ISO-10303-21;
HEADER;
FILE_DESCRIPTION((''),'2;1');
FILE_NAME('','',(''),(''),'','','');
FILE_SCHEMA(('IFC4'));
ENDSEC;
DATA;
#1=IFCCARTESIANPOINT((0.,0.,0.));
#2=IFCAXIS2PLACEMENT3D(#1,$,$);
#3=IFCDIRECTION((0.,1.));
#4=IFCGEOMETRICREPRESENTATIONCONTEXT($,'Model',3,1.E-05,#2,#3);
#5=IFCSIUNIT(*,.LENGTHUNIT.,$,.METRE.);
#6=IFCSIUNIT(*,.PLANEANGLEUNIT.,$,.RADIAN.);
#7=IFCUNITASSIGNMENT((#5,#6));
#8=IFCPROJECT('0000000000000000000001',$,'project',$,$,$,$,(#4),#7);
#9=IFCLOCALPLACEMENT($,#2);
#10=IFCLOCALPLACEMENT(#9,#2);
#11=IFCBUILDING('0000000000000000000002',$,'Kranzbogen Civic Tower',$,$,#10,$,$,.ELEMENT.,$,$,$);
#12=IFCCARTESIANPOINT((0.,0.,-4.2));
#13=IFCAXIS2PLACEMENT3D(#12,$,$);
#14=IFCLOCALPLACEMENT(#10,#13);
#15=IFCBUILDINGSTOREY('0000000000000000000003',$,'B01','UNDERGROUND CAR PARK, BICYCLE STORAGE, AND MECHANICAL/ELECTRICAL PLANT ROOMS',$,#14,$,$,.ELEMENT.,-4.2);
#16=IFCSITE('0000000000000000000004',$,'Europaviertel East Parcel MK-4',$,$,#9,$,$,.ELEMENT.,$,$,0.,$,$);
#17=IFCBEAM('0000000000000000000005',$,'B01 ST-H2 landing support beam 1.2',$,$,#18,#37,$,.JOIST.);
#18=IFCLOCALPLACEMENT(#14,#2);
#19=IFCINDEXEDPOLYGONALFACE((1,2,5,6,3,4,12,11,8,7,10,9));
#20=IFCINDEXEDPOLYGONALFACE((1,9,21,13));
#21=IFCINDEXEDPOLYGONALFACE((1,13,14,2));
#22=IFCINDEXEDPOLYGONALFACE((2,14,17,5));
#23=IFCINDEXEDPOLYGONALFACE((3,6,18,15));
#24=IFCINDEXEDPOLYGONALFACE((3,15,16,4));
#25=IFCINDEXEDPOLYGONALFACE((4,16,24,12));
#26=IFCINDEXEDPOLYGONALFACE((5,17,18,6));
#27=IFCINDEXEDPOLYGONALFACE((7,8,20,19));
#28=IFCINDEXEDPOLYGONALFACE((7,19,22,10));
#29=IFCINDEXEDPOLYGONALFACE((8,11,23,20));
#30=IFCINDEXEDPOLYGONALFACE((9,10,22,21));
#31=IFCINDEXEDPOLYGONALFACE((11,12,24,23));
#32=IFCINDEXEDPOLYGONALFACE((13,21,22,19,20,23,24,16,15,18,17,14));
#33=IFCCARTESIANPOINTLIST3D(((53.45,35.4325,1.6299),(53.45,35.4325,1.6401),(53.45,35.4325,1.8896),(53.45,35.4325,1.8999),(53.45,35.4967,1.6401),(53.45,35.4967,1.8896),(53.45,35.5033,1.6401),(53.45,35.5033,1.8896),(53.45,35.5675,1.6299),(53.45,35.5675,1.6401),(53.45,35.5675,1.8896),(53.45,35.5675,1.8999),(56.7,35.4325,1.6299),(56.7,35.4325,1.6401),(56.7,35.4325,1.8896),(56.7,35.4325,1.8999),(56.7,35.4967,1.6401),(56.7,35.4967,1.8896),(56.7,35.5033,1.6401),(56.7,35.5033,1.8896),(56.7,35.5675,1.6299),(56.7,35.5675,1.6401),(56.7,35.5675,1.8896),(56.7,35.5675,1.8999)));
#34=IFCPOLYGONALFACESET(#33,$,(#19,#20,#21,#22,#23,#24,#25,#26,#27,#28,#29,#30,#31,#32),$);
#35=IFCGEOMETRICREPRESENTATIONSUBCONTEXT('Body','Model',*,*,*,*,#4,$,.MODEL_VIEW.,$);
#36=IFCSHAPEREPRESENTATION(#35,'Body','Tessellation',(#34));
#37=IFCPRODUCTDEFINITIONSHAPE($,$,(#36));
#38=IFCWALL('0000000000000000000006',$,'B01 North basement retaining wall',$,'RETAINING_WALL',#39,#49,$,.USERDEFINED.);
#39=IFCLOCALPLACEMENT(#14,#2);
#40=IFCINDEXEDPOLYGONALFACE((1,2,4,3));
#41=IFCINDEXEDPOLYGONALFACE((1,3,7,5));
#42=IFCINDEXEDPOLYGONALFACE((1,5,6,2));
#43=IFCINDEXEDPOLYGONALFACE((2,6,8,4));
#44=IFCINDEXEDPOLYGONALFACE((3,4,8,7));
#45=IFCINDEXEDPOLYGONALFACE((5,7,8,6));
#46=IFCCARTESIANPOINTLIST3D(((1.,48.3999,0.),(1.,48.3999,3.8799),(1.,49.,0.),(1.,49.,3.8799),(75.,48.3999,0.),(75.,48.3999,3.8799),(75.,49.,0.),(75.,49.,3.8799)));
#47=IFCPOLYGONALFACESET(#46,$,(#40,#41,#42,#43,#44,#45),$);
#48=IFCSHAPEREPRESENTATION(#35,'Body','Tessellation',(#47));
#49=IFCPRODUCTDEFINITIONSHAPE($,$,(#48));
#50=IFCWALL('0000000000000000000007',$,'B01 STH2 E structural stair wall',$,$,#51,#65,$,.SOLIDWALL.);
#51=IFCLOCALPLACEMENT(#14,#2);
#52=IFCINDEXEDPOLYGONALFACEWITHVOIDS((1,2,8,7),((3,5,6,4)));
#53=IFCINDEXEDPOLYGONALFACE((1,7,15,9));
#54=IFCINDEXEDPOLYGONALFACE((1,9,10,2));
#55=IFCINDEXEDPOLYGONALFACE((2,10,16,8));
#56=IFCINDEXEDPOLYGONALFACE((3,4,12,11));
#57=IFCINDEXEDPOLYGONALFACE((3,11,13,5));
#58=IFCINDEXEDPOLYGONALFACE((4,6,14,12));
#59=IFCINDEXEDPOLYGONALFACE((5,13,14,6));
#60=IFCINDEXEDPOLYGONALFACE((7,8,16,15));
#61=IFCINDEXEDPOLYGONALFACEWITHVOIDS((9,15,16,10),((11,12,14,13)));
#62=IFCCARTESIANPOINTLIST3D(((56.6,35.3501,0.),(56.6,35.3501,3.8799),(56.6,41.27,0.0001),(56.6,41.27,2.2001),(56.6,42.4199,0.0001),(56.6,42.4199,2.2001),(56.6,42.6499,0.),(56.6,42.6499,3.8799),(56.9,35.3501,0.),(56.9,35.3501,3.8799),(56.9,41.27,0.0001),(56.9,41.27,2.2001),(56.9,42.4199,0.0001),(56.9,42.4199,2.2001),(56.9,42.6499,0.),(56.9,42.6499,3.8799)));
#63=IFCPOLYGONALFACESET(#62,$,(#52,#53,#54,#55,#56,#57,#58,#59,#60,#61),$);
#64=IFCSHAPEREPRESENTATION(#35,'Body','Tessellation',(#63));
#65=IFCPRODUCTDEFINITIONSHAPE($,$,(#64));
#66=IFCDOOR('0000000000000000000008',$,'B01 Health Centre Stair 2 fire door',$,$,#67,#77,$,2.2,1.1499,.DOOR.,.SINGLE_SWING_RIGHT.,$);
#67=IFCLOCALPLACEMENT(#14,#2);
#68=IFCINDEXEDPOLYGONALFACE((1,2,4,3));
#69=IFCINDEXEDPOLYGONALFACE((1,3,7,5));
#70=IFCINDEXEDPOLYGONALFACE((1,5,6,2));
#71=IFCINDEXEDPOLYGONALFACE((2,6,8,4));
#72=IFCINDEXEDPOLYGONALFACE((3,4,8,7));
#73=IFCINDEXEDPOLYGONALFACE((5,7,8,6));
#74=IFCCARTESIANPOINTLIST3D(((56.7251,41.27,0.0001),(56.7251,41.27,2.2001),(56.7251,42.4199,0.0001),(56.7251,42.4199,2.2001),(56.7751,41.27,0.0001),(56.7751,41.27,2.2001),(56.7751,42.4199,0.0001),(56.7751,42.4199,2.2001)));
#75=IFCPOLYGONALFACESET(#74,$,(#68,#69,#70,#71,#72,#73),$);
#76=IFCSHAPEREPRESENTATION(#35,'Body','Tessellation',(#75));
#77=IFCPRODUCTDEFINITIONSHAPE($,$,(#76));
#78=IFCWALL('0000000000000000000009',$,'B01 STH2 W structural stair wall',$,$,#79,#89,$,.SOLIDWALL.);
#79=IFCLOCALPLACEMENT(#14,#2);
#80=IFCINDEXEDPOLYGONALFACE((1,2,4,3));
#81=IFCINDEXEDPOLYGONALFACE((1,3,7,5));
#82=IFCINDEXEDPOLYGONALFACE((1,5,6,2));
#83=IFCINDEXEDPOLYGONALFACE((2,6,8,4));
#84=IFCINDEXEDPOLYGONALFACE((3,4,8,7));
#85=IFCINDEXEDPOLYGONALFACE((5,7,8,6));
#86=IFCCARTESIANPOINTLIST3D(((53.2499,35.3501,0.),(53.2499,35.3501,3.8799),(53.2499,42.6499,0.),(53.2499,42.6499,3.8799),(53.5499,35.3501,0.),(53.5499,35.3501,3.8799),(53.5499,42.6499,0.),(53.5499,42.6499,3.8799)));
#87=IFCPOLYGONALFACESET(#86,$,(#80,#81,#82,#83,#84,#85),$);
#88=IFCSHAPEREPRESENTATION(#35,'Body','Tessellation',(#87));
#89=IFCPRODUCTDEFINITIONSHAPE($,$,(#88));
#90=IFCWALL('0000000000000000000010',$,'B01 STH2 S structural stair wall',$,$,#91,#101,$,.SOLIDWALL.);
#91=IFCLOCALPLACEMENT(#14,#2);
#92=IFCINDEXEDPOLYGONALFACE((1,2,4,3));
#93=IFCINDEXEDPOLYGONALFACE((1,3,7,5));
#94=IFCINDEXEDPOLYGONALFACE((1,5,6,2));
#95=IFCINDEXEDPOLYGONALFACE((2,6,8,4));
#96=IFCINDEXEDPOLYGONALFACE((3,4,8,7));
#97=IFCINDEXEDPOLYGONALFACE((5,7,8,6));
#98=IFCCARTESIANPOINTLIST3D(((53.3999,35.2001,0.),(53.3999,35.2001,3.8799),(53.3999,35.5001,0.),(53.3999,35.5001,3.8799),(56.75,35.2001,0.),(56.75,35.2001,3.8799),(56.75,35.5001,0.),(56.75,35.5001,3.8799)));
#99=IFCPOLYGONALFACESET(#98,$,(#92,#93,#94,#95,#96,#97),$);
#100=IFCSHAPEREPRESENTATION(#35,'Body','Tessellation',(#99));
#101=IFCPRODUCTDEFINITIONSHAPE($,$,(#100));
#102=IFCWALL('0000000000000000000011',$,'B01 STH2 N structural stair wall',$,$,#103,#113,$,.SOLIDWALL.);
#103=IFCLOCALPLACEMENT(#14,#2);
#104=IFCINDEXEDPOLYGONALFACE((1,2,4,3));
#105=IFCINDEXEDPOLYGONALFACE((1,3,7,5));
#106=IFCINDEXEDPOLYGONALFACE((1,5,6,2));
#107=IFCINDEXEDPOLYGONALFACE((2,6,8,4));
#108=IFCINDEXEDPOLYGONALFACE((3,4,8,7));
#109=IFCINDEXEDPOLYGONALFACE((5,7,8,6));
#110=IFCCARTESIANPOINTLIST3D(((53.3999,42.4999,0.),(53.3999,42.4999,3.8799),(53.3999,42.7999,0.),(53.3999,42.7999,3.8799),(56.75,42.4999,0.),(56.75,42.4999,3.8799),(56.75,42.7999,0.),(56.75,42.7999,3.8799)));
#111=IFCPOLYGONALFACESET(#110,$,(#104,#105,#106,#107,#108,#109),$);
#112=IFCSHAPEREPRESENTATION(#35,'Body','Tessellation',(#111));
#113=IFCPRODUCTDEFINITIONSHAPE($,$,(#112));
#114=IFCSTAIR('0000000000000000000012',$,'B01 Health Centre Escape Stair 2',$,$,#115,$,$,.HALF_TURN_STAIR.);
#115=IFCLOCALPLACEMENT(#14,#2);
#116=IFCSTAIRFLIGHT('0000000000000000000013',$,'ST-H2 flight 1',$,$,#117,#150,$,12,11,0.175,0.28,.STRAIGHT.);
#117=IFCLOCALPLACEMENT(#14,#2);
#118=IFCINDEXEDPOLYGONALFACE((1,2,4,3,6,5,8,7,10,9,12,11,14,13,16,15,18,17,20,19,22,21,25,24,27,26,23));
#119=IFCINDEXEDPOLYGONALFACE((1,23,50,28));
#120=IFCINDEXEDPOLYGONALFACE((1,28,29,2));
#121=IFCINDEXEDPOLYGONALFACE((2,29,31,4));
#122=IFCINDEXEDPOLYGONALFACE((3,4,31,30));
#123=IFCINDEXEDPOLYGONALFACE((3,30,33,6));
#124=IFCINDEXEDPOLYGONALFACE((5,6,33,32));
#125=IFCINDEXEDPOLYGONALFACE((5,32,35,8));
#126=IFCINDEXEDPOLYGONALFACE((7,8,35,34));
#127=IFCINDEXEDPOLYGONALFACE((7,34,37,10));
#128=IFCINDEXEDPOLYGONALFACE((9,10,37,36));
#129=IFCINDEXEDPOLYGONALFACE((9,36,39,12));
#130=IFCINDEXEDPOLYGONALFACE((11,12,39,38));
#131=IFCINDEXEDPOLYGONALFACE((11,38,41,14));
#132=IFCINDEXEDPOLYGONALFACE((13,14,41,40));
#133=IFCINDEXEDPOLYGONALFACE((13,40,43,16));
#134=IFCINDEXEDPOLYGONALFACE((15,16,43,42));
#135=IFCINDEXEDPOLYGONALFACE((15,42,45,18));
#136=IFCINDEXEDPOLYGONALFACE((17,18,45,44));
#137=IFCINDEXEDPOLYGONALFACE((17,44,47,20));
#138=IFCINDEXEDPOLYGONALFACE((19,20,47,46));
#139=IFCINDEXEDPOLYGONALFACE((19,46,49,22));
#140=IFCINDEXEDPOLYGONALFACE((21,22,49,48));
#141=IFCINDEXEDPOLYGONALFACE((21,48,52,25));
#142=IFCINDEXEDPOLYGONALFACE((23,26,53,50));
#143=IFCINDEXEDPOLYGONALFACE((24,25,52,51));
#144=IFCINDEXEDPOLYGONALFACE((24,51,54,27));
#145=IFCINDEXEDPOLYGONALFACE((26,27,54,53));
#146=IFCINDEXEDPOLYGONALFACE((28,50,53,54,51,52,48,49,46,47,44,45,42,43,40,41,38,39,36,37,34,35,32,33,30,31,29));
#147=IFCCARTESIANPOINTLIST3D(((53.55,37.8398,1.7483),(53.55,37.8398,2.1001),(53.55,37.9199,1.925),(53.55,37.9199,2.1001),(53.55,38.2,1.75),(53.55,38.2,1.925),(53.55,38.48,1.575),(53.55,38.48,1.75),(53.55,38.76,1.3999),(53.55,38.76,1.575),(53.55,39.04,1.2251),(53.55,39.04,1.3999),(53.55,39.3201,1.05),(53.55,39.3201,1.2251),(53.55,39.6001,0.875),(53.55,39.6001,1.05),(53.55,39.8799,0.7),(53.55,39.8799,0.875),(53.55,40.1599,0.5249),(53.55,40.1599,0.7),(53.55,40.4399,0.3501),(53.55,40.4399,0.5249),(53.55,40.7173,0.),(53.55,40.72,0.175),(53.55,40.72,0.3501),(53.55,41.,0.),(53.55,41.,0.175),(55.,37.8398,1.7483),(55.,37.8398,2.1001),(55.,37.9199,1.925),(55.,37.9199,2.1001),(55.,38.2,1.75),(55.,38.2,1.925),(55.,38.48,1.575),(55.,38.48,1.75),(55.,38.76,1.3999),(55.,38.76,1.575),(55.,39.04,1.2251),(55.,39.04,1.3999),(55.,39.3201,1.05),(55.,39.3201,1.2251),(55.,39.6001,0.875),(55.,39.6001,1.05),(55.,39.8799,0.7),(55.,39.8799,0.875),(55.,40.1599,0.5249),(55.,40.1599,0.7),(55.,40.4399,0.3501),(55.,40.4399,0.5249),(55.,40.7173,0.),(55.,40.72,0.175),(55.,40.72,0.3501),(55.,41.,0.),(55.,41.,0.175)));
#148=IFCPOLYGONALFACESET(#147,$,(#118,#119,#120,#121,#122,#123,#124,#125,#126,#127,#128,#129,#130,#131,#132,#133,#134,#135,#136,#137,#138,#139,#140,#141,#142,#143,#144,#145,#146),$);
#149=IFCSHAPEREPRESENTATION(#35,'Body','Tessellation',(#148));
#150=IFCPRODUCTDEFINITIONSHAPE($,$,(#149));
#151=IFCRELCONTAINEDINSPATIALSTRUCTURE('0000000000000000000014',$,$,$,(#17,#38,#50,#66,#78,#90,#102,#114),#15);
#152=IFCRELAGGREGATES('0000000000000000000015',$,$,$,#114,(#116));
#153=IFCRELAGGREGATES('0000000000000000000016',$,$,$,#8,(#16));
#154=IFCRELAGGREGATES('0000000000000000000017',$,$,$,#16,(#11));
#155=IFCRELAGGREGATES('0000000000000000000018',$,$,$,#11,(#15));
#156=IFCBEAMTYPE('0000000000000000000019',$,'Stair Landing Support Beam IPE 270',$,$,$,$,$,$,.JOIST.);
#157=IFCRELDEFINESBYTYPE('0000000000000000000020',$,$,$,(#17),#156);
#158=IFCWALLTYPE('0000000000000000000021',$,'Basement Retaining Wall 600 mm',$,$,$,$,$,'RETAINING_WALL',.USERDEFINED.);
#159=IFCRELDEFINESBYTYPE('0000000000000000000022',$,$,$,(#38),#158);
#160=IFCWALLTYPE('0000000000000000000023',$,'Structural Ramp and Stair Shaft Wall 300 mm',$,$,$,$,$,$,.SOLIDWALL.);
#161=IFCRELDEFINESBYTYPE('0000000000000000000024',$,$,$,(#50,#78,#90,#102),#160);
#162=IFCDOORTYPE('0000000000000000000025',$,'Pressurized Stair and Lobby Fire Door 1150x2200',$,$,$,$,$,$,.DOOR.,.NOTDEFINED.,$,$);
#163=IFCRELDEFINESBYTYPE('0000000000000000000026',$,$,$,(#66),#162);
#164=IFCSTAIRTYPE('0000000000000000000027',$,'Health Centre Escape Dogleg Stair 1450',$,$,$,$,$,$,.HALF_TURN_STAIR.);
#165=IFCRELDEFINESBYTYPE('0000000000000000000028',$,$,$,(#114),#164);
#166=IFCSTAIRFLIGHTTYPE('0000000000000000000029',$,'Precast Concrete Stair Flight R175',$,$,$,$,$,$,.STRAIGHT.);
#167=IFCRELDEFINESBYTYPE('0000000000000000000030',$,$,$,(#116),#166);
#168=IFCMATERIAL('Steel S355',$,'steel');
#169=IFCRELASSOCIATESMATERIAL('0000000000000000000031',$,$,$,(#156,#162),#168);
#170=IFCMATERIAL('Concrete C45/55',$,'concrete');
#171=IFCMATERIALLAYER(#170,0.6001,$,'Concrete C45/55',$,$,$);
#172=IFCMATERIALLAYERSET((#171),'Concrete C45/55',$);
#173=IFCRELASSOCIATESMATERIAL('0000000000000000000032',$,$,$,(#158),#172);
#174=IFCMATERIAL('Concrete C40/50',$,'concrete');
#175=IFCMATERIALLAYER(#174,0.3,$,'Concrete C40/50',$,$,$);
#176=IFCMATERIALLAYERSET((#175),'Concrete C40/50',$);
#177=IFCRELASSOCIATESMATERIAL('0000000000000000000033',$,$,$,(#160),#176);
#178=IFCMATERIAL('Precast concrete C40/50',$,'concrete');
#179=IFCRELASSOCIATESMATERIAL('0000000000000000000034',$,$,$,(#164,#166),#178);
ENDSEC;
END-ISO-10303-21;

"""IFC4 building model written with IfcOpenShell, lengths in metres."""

from ifc_helpers import new_model, si_unit, direction, frame, frame_2d, origin, origin_2d, place, context, subcontext, project, spatial, polyline, rectangle, i_section, outline, extrude, material, layer, layer_set, material_profile, profile_set, type_object, element, fill, aggregate, save


model = new_model("IFC4")

# Units and contexts
model_context = context("Model", 3, precision=1e-05, world=origin(), true_north=direction((0.0, 1.0)))
body_context = subcontext(model_context, "Body", "Model", "MODEL_VIEW")
ifc_project = project(units=[si_unit("LENGTHUNIT", "METRE"), si_unit("PLANEANGLEUNIT", "RADIAN")], contexts=[model_context])

# Site, building, storey
site_placement = place(None, origin())
site = spatial("IfcSite", under=ifc_project, at=site_placement, Name="Europaviertel East Parcel MK-4", CompositionType="ELEMENT", RefElevation=0.0)
building_placement = place(site_placement, origin())
building = spatial("IfcBuilding", under=site, at=building_placement, Name="Kranzbogen Civic Tower", CompositionType="ELEMENT")
storey_placement = place(building_placement, frame((0.0, 0.0, -4.2)))
storey = spatial("IfcBuildingStorey", under=building, at=storey_placement, Name="B01", Description="UNDERGROUND CAR PARK, BICYCLE STORAGE, AND MECHANICAL/ELECTRICAL PLANT ROOMS", CompositionType="ELEMENT", Elevation=-4.2)

# Shared definitions
ifc_material_1 = material(Name="Steel S355", Category="steel")
ifc_material_2 = material(Name="Concrete C40/50", Category="concrete")

# Beam
ifc_material_profile_1 = material_profile(ifc_material_1, i_section(OverallWidth=0.135, OverallDepth=0.27, WebThickness=0.0066, FlangeThickness=0.0103, at=origin_2d()), Name="IPE 270")
ifc_profile_set_1 = profile_set([ifc_material_profile_1], Name="Steel S355")
beam_type_1 = type_object("IfcBeamType", Name="Stair Landing Support Beam IPE 270", PredefinedType="JOIST", material=ifc_profile_set_1)
for number, where, z_axis, x_axis, name in (
    (1, (53.45, 35.5, 1.7649), (1.0, 0.0, 0.0), (0.0, 1.0, 0.0), "B01 ST-H2 landing support beam 1.2"),
):
    element("IfcBeam", number, at=place(storey_placement, frame(where, z_axis=z_axis, x_axis=x_axis)), inside=storey, type_object=beam_type_1, Name=name, PredefinedType="JOIST", context=body_context, shape_type="SweptSolid", body=[
        extrude(i_section(OverallWidth=0.135, OverallDepth=0.27, WebThickness=0.0066, FlangeThickness=0.0103, at=origin_2d()), origin(), (0.0, 0.0, 1.0), 3.25),
    ])

# Wall
ifc_material_3 = material(Name="Concrete C45/55", Category="concrete")
ifc_layer_1 = layer(ifc_material_3, 0.6001, Name="Concrete C45/55")
ifc_layer_set_1 = layer_set([ifc_layer_1], Name="Concrete C45/55")
wall_type_1 = type_object("IfcWallType", Name="Basement Retaining Wall 600 mm", ElementType="RETAINING_WALL", PredefinedType="USERDEFINED", material=ifc_layer_set_1)
wall_1_placement = place(storey_placement, frame((75.0, 48.7, 0.0), z_axis=(0.0, 0.0, 1.0), x_axis=(-1.0, 0.0, 0.0)))
element("IfcWall", 2, at=wall_1_placement, inside=storey, type_object=wall_type_1, Name="B01 North basement retaining wall", ObjectType="RETAINING_WALL", PredefinedType="USERDEFINED", context=body_context, shape_type="SweptSolid", body=[
    extrude(rectangle(XDim=74.0, YDim=0.6001, at=frame_2d((37.0, 0.0))), origin(), (0.0, 0.0, 1.0), 3.8799),
])

# Wall, opening, door
ifc_layer_2 = layer(ifc_material_2, 0.3, Name="Concrete C40/50")
ifc_layer_set_2 = layer_set([ifc_layer_2], Name="Concrete C40/50")
wall_type_2 = type_object("IfcWallType", Name="Structural Ramp and Stair Shaft Wall 300 mm", PredefinedType="SOLIDWALL", material=ifc_layer_set_2)
wall_2_placement = place(storey_placement, frame((56.75, 35.3501, 0.0), z_axis=(0.0, 0.0, 1.0), x_axis=(0.0, 1.0, 0.0)))
wall_2 = element("IfcWall", 3, at=wall_2_placement, inside=storey, type_object=wall_type_2, Name="B01 STH2 E structural stair wall", PredefinedType="SOLIDWALL", context=body_context, shape_type="SweptSolid", body=[
    extrude(rectangle(XDim=7.2998, YDim=0.3, at=frame_2d((3.6499, 0.0))), origin(), (0.0, 0.0, 1.0), 3.8799),
])
opening_placement = place(wall_2_placement, frame((5.9199, 0.0, 0.0)))
opening = element("IfcOpeningElement", 4, at=opening_placement, cuts=wall_2, PredefinedType="OPENING", context=body_context, shape_type="SweptSolid", body=[
    extrude(rectangle(XDim=1.1499, YDim=2.2, at=frame_2d((0.575, 1.1001))), frame((0.0, 0.1602, 0.0), z_axis=(0.0, -1.0, 0.0), x_axis=(1.0, 0.0, 0.0)), (0.0, 0.0, 1.0), 0.3201),
])
door_type = type_object("IfcDoorType", Name="Pressurized Stair and Lobby Fire Door 1150x2200", OperationType="NOTDEFINED", PredefinedType="DOOR", material=ifc_material_1)
door_placement = place(opening_placement, origin())
door = element("IfcDoor", 5, at=door_placement, inside=storey, type_object=door_type, Name="B01 Health Centre Stair 2 fire door", OperationType="SINGLE_SWING_RIGHT", OverallHeight=2.2, OverallWidth=1.1499, PredefinedType="DOOR", context=body_context, shape_type="SweptSolid", body=[
    extrude(rectangle(XDim=1.1499, YDim=2.2, at=frame_2d((0.575, 1.1001))), frame((0.0, 0.0249, 0.0), z_axis=(0.0, -1.0, 0.0), x_axis=(1.0, 0.0, 0.0)), (0.0, 0.0, 1.0), 0.05),
])
fill(opening, door)

# Walls
wall_3_placement = place(storey_placement, frame((53.3999, 35.3501, 0.0), z_axis=(0.0, 0.0, 1.0), x_axis=(0.0, 1.0, 0.0)))
element("IfcWall", 6, at=wall_3_placement, inside=storey, type_object=wall_type_2, Name="B01 STH2 W structural stair wall", PredefinedType="SOLIDWALL", context=body_context, shape_type="SweptSolid", body=[
    extrude(rectangle(XDim=7.2998, YDim=0.3, at=frame_2d((3.6499, 0.0))), origin(), (0.0, 0.0, 1.0), 3.8799),
])
for number, where, z_axis, x_axis, name in (
    (7, (53.3999, 35.3501, 0.0), (0.0, 0.0, 1.0), (1.0, 0.0, 0.0), "B01 STH2 S structural stair wall"),
    (8, (53.3999, 42.6499, 0.0), (0.0, 0.0, 1.0), (1.0, 0.0, 0.0), "B01 STH2 N structural stair wall"),
):
    element("IfcWall", number, at=place(storey_placement, frame(where, z_axis=z_axis, x_axis=x_axis)), inside=storey, type_object=wall_type_2, Name=name, PredefinedType="SOLIDWALL", context=body_context, shape_type="SweptSolid", body=[
        extrude(rectangle(XDim=3.3501, YDim=0.3, at=frame_2d((1.675, 0.0))), origin(), (0.0, 0.0, 1.0), 3.8799),
    ])

# Stair, stair flight
ifc_material_4 = material(Name="Precast concrete C40/50", Category="concrete")
stair_type = type_object("IfcStairType", Name="Health Centre Escape Dogleg Stair 1450", PredefinedType="HALF_TURN_STAIR", material=ifc_material_4)
stair_placement = place(storey_placement, origin())
stair = element("IfcStair", 9, at=stair_placement, inside=storey, type_object=stair_type, Name="B01 Health Centre Escape Stair 2", PredefinedType="HALF_TURN_STAIR")
stair_flight_type = type_object("IfcStairFlightType", Name="Precast Concrete Stair Flight R175", PredefinedType="STRAIGHT", material=ifc_material_4)
stair_flight_1_placement = place(storey_placement, frame((54.2749, 41.0, 0.0), z_axis=(0.0, 0.0, 1.0), x_axis=(0.0, -1.0, 0.0)))
stair_flight_1 = element("IfcStairFlight", 10, at=stair_flight_1_placement, type_object=stair_flight_type, Name="ST-H2 flight 1", NumberOfRisers=12, NumberOfTreads=11, PredefinedType="STRAIGHT", RiserHeight=0.175, TreadLength=0.28, context=body_context, shape_type="SweptSolid", body=[
    extrude(outline(polyline([(0.0, 0.0), (0.0, 0.175), (0.28, 0.175), (0.28, 0.3501), (0.5601, 0.3501), (0.5601, 0.5249), (0.8401, 0.5249), (0.8401, 0.7), (1.1201, 0.7), (1.1201, 0.875), (1.3999, 0.875), (1.3999, 1.05), (1.6799, 1.05), (1.6799, 1.2251), (1.96, 1.2251), (1.96, 1.3999), (2.24, 1.3999), (2.24, 1.575), (2.52, 1.575), (2.52, 1.75), (2.8, 1.75), (2.8, 1.925), (3.0801, 1.925), (3.0801, 2.1001), (3.1602, 2.1001), (3.1602, 1.7483), (0.2827, 0.0), (0.0, 0.0)])), frame((0.0, 0.7251, 0.0), z_axis=(0.0, -1.0, 0.0), x_axis=(1.0, 0.0, 0.0)), (0.0, 0.0, 1.0), 1.45),
])
aggregate(stair, [stair_flight_1])

save(model, "model.ifc")
